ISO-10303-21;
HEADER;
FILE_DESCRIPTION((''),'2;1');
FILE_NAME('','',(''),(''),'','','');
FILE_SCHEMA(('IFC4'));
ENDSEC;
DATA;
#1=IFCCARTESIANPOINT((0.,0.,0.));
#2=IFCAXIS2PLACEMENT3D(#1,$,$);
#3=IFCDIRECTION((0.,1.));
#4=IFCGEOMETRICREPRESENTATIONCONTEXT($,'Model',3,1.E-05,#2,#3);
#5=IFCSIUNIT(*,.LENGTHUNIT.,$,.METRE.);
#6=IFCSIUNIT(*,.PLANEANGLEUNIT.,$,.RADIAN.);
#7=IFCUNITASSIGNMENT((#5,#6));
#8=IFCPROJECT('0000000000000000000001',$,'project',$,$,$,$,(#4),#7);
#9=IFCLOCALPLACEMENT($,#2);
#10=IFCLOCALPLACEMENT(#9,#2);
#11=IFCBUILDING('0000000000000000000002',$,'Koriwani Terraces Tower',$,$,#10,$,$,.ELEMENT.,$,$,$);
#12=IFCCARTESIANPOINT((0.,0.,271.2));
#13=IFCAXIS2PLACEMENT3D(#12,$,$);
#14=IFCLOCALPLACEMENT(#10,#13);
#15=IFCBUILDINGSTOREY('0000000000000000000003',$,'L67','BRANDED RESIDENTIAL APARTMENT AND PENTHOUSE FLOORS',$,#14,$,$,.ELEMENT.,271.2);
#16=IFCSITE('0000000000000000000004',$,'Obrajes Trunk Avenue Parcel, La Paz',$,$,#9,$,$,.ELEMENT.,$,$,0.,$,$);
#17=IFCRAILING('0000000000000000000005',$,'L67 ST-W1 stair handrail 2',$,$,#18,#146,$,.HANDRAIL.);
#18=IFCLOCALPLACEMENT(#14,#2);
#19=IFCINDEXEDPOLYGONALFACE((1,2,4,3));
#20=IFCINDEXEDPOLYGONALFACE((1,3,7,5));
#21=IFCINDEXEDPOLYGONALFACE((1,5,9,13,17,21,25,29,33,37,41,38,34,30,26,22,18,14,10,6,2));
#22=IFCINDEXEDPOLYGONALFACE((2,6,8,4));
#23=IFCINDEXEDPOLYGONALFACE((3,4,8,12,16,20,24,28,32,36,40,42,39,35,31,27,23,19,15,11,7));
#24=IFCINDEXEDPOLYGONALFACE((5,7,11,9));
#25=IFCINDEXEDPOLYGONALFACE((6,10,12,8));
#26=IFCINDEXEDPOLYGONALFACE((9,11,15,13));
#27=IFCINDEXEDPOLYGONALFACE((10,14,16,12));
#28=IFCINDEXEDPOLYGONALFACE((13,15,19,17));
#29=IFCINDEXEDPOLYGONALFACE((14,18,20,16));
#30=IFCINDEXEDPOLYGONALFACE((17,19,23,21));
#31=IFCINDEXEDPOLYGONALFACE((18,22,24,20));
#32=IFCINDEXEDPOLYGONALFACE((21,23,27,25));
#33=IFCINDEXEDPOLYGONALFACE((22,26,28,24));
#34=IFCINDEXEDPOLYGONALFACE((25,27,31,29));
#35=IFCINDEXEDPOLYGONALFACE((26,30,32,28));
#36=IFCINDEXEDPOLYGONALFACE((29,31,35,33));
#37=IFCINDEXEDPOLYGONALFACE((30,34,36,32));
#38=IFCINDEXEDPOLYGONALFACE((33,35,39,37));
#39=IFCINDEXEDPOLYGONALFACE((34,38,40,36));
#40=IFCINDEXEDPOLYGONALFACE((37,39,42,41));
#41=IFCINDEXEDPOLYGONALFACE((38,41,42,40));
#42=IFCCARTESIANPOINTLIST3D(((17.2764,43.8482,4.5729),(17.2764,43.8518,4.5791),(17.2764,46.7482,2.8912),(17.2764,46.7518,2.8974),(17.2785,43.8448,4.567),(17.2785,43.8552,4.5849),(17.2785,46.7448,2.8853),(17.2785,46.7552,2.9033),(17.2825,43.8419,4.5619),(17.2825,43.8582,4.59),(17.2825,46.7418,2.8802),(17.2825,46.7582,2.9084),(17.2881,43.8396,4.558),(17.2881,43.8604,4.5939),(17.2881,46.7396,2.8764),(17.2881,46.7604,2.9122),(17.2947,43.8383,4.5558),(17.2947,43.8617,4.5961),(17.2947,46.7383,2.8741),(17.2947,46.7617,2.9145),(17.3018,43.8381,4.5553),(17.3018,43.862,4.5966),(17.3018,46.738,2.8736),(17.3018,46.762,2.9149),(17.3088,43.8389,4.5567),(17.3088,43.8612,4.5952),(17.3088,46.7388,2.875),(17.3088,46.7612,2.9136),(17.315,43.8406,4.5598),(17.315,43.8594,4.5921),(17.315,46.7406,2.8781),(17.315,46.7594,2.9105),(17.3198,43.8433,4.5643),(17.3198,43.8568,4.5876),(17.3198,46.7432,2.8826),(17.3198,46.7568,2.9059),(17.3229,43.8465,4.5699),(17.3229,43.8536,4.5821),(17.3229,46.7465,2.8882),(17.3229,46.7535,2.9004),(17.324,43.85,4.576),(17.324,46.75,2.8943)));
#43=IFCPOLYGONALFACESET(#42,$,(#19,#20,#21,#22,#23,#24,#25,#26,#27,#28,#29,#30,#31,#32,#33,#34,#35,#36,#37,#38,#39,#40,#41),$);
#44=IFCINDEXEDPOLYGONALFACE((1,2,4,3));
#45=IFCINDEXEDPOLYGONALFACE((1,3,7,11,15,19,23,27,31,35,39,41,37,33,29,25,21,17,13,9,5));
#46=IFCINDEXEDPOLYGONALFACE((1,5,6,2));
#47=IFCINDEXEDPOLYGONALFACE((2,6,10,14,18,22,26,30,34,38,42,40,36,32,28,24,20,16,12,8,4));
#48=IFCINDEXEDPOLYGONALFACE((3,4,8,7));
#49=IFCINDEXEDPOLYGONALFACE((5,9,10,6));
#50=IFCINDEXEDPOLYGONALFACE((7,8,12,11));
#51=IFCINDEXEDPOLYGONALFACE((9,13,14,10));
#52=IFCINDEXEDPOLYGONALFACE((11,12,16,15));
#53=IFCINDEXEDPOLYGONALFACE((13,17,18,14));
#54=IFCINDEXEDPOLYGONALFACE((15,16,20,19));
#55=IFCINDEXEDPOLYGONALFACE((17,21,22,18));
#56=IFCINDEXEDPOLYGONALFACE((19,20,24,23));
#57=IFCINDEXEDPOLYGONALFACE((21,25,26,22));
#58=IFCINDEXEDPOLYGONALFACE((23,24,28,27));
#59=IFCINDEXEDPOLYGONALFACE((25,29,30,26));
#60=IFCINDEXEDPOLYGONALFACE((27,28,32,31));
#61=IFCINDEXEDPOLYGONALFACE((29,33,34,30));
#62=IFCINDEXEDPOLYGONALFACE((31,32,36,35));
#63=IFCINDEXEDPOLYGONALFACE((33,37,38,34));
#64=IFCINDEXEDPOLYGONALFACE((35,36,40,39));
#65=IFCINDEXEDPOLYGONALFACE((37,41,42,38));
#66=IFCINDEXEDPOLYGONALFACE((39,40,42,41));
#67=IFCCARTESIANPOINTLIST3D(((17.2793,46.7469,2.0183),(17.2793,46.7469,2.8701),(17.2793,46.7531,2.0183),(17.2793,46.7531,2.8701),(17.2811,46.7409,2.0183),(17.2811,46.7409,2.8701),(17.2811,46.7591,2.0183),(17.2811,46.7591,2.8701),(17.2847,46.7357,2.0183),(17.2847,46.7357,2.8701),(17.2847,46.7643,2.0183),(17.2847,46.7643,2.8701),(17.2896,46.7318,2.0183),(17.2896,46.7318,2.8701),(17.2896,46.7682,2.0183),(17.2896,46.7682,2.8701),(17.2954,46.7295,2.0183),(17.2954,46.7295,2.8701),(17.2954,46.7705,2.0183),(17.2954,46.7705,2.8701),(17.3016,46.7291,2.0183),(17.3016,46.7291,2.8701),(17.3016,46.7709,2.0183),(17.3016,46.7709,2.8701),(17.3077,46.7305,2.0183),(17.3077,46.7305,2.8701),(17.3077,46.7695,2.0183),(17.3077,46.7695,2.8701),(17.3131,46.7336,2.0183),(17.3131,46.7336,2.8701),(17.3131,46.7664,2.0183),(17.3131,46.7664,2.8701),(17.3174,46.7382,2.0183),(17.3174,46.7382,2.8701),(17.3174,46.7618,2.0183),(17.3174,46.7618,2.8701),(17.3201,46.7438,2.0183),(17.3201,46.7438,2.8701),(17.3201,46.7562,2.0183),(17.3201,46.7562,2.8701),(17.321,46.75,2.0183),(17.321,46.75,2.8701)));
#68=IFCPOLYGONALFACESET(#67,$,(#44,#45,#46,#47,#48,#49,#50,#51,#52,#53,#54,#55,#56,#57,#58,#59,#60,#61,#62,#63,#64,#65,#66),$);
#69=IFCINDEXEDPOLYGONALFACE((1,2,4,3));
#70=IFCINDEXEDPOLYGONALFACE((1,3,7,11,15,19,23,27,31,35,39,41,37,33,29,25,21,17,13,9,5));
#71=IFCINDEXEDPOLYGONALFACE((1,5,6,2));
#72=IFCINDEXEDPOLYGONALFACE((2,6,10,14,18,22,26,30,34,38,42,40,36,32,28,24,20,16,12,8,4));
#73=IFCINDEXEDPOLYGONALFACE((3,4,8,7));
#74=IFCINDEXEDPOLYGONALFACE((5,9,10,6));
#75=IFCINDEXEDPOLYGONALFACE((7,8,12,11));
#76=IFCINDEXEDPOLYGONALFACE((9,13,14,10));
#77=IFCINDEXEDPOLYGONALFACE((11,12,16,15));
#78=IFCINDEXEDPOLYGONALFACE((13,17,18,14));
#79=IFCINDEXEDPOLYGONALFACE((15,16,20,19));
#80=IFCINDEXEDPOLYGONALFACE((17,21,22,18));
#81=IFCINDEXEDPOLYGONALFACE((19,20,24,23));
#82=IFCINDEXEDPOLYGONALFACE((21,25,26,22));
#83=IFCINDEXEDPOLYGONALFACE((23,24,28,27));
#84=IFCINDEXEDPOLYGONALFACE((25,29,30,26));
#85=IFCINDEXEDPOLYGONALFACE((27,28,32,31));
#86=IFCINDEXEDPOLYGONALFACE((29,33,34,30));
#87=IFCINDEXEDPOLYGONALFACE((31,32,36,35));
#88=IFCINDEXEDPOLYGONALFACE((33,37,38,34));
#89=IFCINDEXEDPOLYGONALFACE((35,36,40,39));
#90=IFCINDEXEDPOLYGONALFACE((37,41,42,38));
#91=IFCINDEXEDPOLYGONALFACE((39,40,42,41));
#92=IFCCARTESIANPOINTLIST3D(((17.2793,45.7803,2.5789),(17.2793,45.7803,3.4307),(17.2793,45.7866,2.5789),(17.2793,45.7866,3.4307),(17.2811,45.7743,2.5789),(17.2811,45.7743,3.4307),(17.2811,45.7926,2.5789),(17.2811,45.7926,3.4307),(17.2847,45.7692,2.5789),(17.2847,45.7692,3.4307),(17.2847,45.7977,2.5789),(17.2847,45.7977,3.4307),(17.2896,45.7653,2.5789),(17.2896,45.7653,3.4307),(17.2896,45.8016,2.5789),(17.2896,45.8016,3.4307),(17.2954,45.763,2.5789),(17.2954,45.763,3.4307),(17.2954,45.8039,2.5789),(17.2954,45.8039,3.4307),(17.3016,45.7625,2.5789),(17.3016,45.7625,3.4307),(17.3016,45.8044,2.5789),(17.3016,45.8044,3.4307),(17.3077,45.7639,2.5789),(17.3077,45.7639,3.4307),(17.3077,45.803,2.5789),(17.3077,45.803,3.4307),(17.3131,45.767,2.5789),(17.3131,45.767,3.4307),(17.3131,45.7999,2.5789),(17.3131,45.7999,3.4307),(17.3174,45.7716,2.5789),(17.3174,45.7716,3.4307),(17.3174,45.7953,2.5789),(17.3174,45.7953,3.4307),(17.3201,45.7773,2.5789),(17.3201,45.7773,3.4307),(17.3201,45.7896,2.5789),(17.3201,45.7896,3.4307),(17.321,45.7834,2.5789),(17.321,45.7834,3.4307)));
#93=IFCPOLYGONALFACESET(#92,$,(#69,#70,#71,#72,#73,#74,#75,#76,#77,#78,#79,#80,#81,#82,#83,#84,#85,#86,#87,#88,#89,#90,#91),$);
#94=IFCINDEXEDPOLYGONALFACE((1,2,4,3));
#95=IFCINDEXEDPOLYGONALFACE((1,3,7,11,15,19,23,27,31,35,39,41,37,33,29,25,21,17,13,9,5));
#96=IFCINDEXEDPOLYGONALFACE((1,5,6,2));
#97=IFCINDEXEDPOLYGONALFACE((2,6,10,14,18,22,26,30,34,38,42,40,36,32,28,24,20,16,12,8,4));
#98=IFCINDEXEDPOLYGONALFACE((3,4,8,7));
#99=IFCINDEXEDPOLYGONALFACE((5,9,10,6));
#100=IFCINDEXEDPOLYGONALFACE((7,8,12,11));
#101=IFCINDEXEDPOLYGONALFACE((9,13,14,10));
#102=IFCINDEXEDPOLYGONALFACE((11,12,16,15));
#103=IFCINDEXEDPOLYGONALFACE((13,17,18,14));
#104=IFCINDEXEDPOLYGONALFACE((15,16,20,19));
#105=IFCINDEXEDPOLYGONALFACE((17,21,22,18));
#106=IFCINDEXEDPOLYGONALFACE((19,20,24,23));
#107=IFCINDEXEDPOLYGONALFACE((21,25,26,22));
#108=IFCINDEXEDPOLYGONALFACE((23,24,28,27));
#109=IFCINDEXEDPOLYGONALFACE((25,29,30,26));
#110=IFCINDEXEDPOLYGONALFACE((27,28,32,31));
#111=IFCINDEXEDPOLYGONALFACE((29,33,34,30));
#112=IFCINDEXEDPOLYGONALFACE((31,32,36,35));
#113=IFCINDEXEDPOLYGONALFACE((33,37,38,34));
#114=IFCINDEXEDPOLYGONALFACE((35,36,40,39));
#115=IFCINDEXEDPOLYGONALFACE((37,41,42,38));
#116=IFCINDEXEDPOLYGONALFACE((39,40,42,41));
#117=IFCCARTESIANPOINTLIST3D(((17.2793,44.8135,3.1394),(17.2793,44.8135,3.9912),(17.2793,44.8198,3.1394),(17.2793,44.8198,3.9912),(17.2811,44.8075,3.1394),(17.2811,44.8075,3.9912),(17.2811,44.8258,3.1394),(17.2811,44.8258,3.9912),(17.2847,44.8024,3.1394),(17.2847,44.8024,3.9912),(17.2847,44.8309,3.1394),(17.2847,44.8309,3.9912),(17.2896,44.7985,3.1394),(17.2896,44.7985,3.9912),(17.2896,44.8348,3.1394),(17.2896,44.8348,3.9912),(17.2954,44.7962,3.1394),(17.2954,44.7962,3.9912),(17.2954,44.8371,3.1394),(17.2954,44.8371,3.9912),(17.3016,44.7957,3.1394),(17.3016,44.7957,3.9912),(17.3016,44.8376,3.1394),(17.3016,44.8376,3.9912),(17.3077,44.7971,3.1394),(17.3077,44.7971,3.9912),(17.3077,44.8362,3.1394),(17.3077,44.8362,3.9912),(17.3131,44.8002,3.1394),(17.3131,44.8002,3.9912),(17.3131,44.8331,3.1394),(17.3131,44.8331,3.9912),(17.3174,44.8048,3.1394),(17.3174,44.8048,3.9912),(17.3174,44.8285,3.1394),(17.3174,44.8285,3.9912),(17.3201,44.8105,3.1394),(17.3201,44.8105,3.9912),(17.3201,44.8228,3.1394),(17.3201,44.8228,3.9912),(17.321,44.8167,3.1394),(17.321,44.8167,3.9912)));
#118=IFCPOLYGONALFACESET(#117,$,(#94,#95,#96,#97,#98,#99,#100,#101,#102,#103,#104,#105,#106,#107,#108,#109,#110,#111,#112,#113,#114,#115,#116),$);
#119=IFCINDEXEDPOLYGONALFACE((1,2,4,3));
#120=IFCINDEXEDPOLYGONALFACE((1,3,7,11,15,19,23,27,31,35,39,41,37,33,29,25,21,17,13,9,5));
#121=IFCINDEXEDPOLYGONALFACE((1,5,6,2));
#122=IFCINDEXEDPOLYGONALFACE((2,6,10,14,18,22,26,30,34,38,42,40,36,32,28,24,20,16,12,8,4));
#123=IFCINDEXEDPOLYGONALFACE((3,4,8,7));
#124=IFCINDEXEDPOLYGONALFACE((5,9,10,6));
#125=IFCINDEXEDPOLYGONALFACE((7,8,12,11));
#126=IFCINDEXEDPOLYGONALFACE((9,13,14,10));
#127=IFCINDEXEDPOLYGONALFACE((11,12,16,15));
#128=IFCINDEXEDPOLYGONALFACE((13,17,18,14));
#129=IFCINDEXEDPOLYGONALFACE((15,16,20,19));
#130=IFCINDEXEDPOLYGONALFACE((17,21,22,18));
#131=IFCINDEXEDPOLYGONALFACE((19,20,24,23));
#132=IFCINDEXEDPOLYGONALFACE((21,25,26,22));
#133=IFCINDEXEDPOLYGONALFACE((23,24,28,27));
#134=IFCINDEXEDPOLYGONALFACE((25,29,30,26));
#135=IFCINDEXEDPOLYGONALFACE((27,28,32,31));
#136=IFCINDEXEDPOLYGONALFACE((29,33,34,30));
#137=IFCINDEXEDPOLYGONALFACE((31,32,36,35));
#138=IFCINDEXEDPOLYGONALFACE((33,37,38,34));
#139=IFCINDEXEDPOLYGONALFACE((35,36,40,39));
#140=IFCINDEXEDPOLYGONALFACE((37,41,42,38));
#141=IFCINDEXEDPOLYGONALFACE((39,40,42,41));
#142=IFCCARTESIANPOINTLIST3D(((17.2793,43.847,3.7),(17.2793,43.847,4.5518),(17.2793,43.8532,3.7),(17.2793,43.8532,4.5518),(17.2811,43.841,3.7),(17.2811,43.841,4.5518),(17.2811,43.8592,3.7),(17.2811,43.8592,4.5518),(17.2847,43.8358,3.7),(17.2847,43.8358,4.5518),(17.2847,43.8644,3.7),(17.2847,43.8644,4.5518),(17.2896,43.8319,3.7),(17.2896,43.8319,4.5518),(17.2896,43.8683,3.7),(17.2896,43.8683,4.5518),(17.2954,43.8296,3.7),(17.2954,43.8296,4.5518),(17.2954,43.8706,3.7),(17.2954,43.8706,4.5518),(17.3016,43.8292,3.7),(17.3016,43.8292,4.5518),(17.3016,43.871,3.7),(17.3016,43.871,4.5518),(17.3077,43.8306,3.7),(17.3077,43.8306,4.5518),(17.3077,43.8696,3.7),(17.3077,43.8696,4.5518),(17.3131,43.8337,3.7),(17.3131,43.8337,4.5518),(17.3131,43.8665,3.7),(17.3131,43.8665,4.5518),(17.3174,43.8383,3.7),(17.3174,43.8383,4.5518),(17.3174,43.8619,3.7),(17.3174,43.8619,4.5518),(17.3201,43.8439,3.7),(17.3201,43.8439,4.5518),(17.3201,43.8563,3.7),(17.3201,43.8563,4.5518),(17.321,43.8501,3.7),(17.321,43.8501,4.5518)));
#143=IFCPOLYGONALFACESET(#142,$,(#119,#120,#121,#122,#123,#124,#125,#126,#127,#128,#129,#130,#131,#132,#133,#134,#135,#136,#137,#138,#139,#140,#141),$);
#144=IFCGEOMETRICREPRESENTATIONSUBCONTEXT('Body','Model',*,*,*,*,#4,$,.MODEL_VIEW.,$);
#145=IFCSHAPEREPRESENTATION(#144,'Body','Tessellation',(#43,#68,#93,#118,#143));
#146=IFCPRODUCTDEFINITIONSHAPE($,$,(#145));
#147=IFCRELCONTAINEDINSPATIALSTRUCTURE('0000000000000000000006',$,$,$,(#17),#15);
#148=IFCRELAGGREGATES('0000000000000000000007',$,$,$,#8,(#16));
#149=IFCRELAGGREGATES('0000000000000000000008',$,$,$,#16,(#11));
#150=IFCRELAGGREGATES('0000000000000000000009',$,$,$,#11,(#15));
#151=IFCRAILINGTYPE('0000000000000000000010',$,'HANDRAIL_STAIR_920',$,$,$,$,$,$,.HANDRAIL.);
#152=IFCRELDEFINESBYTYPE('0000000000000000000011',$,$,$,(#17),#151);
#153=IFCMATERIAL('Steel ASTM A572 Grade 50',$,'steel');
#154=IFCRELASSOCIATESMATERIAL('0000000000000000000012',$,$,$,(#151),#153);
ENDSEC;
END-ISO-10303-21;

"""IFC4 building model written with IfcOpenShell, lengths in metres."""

from ifc_helpers import new_model, si_unit, direction, frame, origin, origin_2d, place, context, subcontext, project, spatial, circle, extrude, material, type_object, element, save


model = new_model("IFC4")

# Units and contexts
model_context = context("Model", 3, precision=1e-05, world=origin(), true_north=direction((0.0, 1.0)))
body_context = subcontext(model_context, "Body", "Model", "MODEL_VIEW")
ifc_project = project(units=[si_unit("LENGTHUNIT", "METRE"), si_unit("PLANEANGLEUNIT", "RADIAN")], contexts=[model_context])

# Site, building, storey
site_placement = place(None, origin())
site = spatial("IfcSite", under=ifc_project, at=site_placement, Name="Obrajes Trunk Avenue Parcel, La Paz", CompositionType="ELEMENT", RefElevation=0.0)
building_placement = place(site_placement, origin())
building = spatial("IfcBuilding", under=site, at=building_placement, Name="Koriwani Terraces Tower", CompositionType="ELEMENT")
storey_placement = place(building_placement, frame((0.0, 0.0, 271.2)))
storey = spatial("IfcBuildingStorey", under=building, at=storey_placement, Name="L67", Description="BRANDED RESIDENTIAL APARTMENT AND PENTHOUSE FLOORS", CompositionType="ELEMENT", Elevation=271.2)

# Shared definitions
ifc_material_1 = material(Name="Steel ASTM A572 Grade 50", Category="steel")

# Railing
railing_type_1 = type_object("IfcRailingType", Name="HANDRAIL_STAIR_920", PredefinedType="HANDRAIL", material=ifc_material_1)
railing_1_placement = place(storey_placement, frame((17.3, 46.75, 2.0183)))
element("IfcRailing", 1, at=railing_1_placement, inside=storey, type_object=railing_type_1, Name="L67 ST-W1 stair handrail 2", PredefinedType="HANDRAIL", context=body_context, shape_type="SweptSolid", body=[
    extrude(circle(Radius=0.0239, at=origin_2d()), frame((0.0, 0.0, 0.876), z_axis=(0.0, -0.86507, 0.501651), x_axis=(1.0, 0.0, 0.0)), (0.0, 0.0, 1.0), 3.3523),
    extrude(circle(Radius=0.021, at=origin_2d()), origin(), (0.0, 0.0, 1.0), 0.8518),
    extrude(circle(Radius=0.021, at=origin_2d()), frame((0.0, -0.9666, 0.5605)), (0.0, 0.0, 1.0), 0.8518),
    extrude(circle(Radius=0.021, at=origin_2d()), frame((0.0, -1.9333, 1.1211)), (0.0, 0.0, 1.0), 0.8518),
    extrude(circle(Radius=0.021, at=origin_2d()), frame((0.0, -2.8999, 1.6816)), (0.0, 0.0, 1.0), 0.8518),
])

save(model, "model.ifc")
